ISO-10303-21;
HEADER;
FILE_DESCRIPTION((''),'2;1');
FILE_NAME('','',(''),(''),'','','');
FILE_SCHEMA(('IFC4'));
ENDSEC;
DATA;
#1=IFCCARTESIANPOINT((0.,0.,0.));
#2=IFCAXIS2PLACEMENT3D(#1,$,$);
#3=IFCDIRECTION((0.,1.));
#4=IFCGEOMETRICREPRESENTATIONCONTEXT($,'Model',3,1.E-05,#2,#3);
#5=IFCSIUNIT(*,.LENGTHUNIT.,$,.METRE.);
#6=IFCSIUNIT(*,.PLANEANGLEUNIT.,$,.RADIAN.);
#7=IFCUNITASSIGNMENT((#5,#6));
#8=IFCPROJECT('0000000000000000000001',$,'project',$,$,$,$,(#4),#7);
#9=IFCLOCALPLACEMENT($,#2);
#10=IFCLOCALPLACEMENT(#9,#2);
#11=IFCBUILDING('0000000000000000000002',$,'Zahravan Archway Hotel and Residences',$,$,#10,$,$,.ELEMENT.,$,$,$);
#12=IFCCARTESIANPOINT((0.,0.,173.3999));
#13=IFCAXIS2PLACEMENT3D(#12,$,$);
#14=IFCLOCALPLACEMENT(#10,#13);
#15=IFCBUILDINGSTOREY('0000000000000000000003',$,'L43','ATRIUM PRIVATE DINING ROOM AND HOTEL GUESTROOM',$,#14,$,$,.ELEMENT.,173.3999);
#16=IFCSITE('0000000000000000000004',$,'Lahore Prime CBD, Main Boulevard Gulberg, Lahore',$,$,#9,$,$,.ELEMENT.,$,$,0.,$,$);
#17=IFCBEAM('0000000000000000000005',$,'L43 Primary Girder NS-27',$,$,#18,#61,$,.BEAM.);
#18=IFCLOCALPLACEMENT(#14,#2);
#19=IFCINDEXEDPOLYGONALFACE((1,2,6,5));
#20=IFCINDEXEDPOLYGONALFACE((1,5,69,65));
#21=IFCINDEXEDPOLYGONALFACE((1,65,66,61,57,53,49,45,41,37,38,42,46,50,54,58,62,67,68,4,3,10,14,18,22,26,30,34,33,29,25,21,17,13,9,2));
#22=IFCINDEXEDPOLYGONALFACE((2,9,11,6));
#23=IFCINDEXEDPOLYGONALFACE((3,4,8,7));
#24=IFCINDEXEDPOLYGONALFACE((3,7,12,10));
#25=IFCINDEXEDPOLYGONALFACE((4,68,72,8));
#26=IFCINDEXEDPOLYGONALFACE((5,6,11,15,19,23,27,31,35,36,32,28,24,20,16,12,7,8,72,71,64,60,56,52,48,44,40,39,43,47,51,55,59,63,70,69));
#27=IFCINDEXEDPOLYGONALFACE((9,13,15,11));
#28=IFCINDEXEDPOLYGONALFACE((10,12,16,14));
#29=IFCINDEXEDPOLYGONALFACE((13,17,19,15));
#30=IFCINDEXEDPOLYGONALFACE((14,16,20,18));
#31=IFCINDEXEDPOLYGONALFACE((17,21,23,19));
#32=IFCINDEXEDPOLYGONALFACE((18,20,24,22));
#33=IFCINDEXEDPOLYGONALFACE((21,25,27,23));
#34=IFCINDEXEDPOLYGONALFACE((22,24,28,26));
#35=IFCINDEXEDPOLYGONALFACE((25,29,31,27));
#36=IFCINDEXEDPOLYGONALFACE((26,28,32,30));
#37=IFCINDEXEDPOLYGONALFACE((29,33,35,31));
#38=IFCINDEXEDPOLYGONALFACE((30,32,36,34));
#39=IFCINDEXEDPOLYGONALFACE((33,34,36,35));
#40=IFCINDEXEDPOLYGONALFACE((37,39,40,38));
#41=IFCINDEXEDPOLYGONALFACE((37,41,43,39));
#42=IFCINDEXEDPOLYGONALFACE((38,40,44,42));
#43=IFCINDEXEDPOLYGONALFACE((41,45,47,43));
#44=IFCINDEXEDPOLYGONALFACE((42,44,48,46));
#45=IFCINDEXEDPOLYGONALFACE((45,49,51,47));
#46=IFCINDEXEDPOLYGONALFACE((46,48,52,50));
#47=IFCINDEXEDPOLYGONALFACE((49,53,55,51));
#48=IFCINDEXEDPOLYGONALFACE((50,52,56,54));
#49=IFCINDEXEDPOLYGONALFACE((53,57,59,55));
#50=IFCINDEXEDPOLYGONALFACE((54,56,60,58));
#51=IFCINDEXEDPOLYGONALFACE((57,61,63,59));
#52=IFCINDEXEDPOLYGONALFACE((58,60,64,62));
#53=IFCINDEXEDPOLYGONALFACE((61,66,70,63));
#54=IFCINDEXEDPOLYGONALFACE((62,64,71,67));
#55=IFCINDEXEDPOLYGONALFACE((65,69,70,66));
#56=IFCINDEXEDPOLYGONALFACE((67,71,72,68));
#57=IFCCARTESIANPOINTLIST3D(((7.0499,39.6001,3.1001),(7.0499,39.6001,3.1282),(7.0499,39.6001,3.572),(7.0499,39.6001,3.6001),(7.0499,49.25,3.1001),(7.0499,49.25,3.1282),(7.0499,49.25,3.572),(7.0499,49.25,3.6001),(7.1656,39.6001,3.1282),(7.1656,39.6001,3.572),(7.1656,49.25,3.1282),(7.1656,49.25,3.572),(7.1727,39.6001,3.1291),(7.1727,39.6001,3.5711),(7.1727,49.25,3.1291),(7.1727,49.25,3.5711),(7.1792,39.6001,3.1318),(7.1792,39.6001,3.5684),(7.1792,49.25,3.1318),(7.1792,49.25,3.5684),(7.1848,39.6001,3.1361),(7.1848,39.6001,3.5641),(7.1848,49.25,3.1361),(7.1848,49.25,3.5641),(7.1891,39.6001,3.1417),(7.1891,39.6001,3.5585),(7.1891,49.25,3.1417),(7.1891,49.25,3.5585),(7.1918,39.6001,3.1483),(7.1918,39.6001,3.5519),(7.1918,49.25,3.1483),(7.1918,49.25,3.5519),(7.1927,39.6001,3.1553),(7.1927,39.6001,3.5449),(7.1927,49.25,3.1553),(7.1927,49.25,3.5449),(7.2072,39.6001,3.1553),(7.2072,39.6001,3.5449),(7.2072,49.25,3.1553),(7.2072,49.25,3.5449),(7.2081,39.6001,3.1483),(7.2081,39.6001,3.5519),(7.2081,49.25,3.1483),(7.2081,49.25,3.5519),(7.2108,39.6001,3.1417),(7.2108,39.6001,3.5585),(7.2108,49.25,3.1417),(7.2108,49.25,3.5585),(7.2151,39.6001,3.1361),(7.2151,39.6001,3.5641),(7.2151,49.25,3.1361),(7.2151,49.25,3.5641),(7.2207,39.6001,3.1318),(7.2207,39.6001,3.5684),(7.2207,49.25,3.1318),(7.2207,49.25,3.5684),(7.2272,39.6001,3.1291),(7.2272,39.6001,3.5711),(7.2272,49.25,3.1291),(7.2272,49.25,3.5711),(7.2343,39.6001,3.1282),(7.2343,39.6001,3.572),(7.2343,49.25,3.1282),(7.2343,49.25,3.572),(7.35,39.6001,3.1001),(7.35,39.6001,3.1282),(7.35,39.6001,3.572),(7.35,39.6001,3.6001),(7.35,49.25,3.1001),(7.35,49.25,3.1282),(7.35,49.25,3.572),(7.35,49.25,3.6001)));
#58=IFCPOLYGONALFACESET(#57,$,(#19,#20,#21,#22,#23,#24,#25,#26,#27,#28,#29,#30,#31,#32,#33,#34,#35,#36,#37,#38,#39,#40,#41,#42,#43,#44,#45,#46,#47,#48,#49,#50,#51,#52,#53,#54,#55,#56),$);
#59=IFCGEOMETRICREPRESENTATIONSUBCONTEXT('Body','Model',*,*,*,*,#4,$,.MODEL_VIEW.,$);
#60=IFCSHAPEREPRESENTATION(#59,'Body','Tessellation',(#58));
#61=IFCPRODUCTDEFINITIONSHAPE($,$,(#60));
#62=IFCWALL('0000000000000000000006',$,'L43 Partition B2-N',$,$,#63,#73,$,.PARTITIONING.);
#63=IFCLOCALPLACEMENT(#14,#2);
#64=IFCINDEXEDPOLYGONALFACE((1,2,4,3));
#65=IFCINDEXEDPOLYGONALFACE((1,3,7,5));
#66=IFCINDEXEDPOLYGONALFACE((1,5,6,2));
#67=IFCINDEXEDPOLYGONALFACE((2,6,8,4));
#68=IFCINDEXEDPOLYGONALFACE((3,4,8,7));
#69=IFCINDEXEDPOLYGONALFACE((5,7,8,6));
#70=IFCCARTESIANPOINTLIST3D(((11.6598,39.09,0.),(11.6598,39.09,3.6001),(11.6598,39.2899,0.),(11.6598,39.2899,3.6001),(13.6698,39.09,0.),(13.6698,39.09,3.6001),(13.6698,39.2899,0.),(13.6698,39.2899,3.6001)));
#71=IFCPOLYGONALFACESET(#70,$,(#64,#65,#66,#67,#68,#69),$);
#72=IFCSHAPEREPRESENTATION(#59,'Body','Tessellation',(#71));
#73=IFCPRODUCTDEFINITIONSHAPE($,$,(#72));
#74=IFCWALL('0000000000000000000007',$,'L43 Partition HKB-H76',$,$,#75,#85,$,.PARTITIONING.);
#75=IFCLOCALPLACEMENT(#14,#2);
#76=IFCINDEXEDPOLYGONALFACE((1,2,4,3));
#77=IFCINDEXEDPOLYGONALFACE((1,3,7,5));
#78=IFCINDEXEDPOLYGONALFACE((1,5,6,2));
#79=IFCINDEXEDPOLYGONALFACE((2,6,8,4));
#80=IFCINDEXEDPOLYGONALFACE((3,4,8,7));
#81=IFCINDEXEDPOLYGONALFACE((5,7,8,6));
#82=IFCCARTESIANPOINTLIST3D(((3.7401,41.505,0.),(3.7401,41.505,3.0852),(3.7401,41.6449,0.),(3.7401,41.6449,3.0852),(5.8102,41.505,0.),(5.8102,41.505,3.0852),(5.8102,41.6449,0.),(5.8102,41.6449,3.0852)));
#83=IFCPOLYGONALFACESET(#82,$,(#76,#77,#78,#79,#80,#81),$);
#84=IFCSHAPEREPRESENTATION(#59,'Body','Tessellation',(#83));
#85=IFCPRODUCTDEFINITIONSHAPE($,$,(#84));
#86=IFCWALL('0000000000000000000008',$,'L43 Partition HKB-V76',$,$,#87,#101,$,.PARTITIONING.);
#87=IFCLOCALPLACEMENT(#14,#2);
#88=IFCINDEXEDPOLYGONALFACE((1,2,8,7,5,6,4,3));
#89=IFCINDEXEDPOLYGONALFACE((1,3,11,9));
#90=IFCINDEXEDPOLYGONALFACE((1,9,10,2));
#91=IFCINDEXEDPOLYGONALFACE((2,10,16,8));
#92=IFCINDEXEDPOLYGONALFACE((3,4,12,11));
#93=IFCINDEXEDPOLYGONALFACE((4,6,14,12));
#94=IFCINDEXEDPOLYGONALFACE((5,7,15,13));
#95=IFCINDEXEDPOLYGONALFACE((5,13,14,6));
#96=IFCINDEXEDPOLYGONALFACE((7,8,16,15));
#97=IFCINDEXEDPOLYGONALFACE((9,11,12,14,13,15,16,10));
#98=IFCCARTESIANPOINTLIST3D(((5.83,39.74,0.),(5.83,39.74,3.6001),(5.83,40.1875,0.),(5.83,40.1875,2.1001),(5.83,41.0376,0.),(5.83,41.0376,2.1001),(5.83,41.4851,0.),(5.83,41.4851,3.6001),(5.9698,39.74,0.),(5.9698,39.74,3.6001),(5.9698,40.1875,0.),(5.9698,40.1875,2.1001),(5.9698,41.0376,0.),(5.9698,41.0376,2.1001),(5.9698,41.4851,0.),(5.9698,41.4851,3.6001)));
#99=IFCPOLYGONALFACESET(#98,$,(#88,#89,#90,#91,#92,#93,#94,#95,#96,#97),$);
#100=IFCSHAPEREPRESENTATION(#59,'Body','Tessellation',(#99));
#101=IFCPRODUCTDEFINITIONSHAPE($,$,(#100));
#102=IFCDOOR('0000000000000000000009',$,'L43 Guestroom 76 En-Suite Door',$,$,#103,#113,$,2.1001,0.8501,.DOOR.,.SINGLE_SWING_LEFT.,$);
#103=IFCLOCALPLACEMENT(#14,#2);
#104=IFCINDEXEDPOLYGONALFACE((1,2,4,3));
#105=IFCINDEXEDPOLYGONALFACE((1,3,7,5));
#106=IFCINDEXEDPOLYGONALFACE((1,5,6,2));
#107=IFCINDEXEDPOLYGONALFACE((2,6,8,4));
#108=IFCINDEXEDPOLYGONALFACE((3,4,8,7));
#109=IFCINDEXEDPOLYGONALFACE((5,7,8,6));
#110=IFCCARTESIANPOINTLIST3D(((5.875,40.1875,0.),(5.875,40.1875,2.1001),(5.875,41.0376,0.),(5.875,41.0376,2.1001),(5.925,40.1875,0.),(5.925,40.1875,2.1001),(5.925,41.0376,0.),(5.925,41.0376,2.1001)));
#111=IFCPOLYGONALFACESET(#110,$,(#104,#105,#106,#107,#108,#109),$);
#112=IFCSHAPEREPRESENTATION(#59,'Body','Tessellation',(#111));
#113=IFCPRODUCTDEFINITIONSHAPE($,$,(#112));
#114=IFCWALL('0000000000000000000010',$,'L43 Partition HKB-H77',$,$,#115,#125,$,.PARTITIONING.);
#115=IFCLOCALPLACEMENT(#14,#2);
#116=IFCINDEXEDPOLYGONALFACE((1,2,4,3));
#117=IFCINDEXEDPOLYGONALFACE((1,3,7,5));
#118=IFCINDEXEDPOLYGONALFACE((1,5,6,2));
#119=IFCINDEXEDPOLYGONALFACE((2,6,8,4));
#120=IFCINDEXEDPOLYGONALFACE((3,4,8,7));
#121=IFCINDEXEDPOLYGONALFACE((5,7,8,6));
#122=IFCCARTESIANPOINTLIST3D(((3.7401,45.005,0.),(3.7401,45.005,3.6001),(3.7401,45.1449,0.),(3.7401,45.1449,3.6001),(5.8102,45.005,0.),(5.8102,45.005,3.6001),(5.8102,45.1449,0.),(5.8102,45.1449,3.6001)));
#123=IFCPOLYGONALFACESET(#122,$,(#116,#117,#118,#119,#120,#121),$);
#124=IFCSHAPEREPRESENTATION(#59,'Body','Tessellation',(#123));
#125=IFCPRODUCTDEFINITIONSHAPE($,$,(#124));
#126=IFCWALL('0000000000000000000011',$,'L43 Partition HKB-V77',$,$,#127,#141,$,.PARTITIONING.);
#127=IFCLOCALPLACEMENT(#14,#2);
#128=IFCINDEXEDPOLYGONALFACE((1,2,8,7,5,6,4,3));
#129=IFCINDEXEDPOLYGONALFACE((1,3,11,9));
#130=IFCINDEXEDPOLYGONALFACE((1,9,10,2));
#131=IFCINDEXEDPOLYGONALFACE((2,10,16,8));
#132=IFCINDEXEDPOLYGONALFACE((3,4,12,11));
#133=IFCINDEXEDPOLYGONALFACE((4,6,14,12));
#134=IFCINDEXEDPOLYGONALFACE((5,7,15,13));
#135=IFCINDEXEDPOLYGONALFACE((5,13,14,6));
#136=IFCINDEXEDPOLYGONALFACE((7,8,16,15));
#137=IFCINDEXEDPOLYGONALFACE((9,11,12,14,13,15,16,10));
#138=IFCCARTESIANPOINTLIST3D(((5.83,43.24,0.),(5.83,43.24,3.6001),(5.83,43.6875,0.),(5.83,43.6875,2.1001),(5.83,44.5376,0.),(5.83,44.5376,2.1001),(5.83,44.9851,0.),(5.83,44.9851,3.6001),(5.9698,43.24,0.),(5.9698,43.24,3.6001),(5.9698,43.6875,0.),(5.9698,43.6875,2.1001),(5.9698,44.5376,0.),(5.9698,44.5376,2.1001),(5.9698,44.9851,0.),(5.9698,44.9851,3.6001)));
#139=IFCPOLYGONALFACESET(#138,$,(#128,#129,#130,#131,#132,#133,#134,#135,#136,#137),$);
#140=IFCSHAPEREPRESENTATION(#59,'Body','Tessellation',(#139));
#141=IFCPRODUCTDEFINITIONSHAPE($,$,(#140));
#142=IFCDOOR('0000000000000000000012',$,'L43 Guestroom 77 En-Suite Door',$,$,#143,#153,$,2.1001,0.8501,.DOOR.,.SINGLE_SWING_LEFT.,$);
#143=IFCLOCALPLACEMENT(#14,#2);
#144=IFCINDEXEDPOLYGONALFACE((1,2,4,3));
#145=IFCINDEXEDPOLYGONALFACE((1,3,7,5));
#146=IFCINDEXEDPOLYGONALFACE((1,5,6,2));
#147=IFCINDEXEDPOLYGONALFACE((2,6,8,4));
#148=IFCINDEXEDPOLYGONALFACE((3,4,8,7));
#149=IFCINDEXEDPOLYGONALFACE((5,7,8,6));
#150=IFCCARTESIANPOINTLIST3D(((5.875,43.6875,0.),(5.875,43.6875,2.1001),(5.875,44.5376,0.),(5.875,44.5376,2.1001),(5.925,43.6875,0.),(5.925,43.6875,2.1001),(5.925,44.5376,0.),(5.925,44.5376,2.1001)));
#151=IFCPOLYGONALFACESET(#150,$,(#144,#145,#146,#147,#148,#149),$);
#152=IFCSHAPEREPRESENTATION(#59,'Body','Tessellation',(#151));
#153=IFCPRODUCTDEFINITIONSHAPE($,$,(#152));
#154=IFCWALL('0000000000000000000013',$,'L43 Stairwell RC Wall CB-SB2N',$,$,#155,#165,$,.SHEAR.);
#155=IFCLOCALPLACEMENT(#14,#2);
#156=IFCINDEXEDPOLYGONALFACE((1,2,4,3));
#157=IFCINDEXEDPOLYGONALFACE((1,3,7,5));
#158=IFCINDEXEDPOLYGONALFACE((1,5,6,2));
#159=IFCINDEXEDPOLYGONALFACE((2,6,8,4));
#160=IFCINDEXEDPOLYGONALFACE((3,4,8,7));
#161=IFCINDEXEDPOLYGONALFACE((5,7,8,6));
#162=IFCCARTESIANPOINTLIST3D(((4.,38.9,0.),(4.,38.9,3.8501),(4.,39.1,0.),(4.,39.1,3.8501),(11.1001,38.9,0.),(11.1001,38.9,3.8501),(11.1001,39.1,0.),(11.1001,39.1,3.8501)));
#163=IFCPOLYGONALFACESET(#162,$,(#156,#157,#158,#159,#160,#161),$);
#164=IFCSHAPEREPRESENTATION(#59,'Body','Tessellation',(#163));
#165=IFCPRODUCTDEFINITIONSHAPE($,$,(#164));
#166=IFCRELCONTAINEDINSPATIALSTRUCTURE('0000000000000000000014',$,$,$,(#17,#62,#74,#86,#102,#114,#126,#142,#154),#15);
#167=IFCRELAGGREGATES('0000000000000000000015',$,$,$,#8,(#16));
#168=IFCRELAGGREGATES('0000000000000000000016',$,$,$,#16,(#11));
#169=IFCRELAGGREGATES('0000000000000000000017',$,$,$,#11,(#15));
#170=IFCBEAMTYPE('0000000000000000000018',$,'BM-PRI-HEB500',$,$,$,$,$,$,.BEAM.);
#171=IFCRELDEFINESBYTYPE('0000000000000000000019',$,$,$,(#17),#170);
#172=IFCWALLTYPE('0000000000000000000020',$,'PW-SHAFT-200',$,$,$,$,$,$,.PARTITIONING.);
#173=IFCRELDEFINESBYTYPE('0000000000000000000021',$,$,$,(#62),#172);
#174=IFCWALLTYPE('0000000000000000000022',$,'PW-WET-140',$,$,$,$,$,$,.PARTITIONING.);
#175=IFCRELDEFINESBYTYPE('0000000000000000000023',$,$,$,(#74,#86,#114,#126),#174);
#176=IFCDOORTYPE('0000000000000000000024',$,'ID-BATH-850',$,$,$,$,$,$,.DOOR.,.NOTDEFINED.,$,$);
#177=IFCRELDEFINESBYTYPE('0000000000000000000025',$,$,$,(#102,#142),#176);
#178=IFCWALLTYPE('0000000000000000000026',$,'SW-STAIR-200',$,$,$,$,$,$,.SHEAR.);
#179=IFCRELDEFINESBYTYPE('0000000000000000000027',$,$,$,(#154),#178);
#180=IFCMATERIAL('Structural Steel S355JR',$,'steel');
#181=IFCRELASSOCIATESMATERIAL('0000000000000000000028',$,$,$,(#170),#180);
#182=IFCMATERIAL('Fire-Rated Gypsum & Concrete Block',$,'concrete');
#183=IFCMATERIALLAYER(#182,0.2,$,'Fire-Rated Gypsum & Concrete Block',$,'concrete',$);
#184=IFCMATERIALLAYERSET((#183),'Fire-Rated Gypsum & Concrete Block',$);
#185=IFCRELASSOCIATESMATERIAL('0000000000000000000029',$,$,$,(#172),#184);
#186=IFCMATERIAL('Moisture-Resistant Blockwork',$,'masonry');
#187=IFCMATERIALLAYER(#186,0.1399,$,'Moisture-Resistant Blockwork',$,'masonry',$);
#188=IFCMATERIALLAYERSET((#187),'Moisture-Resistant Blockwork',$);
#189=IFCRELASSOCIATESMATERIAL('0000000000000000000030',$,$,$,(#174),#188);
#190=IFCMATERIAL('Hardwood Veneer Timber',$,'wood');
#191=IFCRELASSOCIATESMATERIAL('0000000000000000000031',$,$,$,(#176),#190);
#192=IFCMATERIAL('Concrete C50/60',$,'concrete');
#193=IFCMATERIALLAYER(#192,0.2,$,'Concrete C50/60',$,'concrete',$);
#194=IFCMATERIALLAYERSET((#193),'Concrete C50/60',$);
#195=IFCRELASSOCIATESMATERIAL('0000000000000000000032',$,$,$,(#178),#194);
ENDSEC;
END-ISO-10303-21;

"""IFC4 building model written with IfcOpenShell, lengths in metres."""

from ifc_helpers import new_model, si_unit, direction, frame, frame_2d, origin, origin_2d, place, context, subcontext, project, spatial, rectangle, i_section, extrude, source, transform, mapped, material, layer, layer_set, material_profile, profile_set, type_object, type_shapes, element, fill, save


model = new_model("IFC4")

# Units and contexts
model_context = context("Model", 3, precision=1e-05, world=origin(), true_north=direction((0.0, 1.0)))
body_context = subcontext(model_context, "Body", "Model", "MODEL_VIEW")
ifc_project = project(units=[si_unit("LENGTHUNIT", "METRE"), si_unit("PLANEANGLEUNIT", "RADIAN")], contexts=[model_context])

# Site, building, storey
site_placement = place(None, origin())
site = spatial("IfcSite", under=ifc_project, at=site_placement, Name="Lahore Prime CBD, Main Boulevard Gulberg, Lahore", CompositionType="ELEMENT", RefElevation=0.0)
building_placement = place(site_placement, origin())
building = spatial("IfcBuilding", under=site, at=building_placement, Name="Zahravan Archway Hotel and Residences", CompositionType="ELEMENT")
storey_placement = place(building_placement, frame((0.0, 0.0, 173.3999)))
storey = spatial("IfcBuildingStorey", under=building, at=storey_placement, Name="L43", Description="ATRIUM PRIVATE DINING ROOM AND HOTEL GUESTROOM", CompositionType="ELEMENT", Elevation=173.3999)

# Beam
ifc_material_1 = material(Name="Structural Steel S355JR", Category="steel")
ifc_material_profile_1 = material_profile(ifc_material_1, i_section(OverallWidth=0.3, OverallDepth=0.5, WebThickness=0.0144, FlangeThickness=0.0281, FilletRadius=0.0271, at=origin_2d()), Name="HEB 500", Category="steel")
ifc_profile_set_1 = profile_set([ifc_material_profile_1], Name="Structural Steel S355JR")
beam_type_1 = type_object("IfcBeamType", Name="BM-PRI-HEB500", PredefinedType="BEAM", material=ifc_profile_set_1)
shared_shape_1 = source(origin(), body_context, "Body", "SweptSolid", [
    extrude(i_section(OverallWidth=0.3, OverallDepth=0.5, WebThickness=0.0144, FlangeThickness=0.0281, FilletRadius=0.0271, at=origin_2d()), origin(), (0.0, 0.0, 1.0), 9.6499),
])
beam_1_placement = place(storey_placement, frame((7.2, 39.6001, 3.3501), z_axis=(0.0, 1.0, 0.0), x_axis=(-1.0, 0.0, 0.0)))
element("IfcBeam", 1, at=beam_1_placement, inside=storey, type_object=beam_type_1, Name="L43 Primary Girder NS-27", PredefinedType="BEAM", context=body_context, shape_type="MappedRepresentation", body=[
    mapped(shared_shape_1, transform((0.0, 0.0, 0.0), scale=1.0)),
])

# Walls
ifc_material_2 = material(Name="Fire-Rated Gypsum & Concrete Block", Category="concrete")
ifc_layer_1 = layer(ifc_material_2, 0.2, Name="Fire-Rated Gypsum & Concrete Block", Category="concrete")
ifc_layer_set_1 = layer_set([ifc_layer_1], Name="Fire-Rated Gypsum & Concrete Block")
wall_type_1 = type_object("IfcWallType", Name="PW-SHAFT-200", PredefinedType="PARTITIONING", material=ifc_layer_set_1)
wall_1_placement = place(storey_placement, frame((11.6599, 39.1899, 0.0), z_axis=(0.0, 0.0, 1.0), x_axis=(1.0, 0.0, 0.0)))
element("IfcWall", 2, at=wall_1_placement, inside=storey, type_object=wall_type_1, Name="L43 Partition B2-N", PredefinedType="PARTITIONING", context=body_context, shape_type="SweptSolid", body=[
    extrude(rectangle(XDim=2.01, YDim=0.2, at=frame_2d((1.0049, 0.0))), origin(), (0.0, 0.0, 1.0), 3.6001),
])
ifc_material_3 = material(Name="Moisture-Resistant Blockwork", Category="masonry")
ifc_layer_2 = layer(ifc_material_3, 0.1399, Name="Moisture-Resistant Blockwork", Category="masonry")
ifc_layer_set_2 = layer_set([ifc_layer_2], Name="Moisture-Resistant Blockwork")
wall_type_2 = type_object("IfcWallType", Name="PW-WET-140", PredefinedType="PARTITIONING", material=ifc_layer_set_2)
wall_2_placement = place(storey_placement, frame((3.74, 41.575, 0.0), z_axis=(0.0, 0.0, 1.0), x_axis=(1.0, 0.0, 0.0)))
element("IfcWall", 3, at=wall_2_placement, inside=storey, type_object=wall_type_2, Name="L43 Partition HKB-H76", PredefinedType="PARTITIONING", context=body_context, shape_type="SweptSolid", body=[
    extrude(rectangle(XDim=2.0701, YDim=0.1399, at=frame_2d((1.0352, 0.0))), origin(), (0.0, 0.0, 1.0), 3.0852),
])

# Wall, opening, door
wall_3_placement = place(storey_placement, frame((5.8999, 39.74, 0.0), z_axis=(0.0, 0.0, 1.0), x_axis=(0.0, 1.0, 0.0)))
wall_3 = element("IfcWall", 4, at=wall_3_placement, inside=storey, type_object=wall_type_2, Name="L43 Partition HKB-V76", PredefinedType="PARTITIONING", context=body_context, shape_type="SweptSolid", body=[
    extrude(rectangle(XDim=1.7451, YDim=0.1399, at=frame_2d((0.8726, 0.0))), origin(), (0.0, 0.0, 1.0), 3.6001),
])
opening_1_placement = place(wall_3_placement, frame((0.4475, 0.0, 0.0)))
opening_1 = element("IfcOpeningElement", 5, at=opening_1_placement, cuts=wall_3, PredefinedType="OPENING", context=body_context, shape_type="SweptSolid", body=[
    extrude(rectangle(XDim=0.8501, YDim=2.1001, at=frame_2d((0.425, 1.05))), frame((0.0, 0.0801, 0.0), z_axis=(0.0, -1.0, 0.0), x_axis=(1.0, 0.0, 0.0)), (0.0, 0.0, 1.0), 0.1599),
])
ifc_material_4 = material(Name="Hardwood Veneer Timber", Category="wood")
door_type = type_object("IfcDoorType", Name="ID-BATH-850", OperationType="NOTDEFINED", PredefinedType="DOOR", material=ifc_material_4)
shared_shape_2 = source(origin(), body_context, "Body", "SweptSolid", [
    extrude(rectangle(XDim=0.8501, YDim=2.1001, at=frame_2d((0.425, 1.05))), frame((0.0, 0.0249, 0.0), z_axis=(0.0, -1.0, 0.0), x_axis=(1.0, 0.0, 0.0)), (0.0, 0.0, 1.0), 0.05),
])
type_shapes(door_type, [shared_shape_2])
door_1_placement = place(opening_1_placement, origin())
door_1 = element("IfcDoor", 6, at=door_1_placement, inside=storey, type_object=door_type, Name="L43 Guestroom 76 En-Suite Door", OperationType="SINGLE_SWING_LEFT", OverallHeight=2.1001, OverallWidth=0.8501, PredefinedType="DOOR", context=body_context, shape_type="MappedRepresentation", body=[
    mapped(shared_shape_2, transform((0.0, 0.0, 0.0), scale=1.0)),
])
fill(opening_1, door_1)

# Wall
wall_4_placement = place(storey_placement, frame((3.74, 45.075, 0.0), z_axis=(0.0, 0.0, 1.0), x_axis=(1.0, 0.0, 0.0)))
element("IfcWall", 7, at=wall_4_placement, inside=storey, type_object=wall_type_2, Name="L43 Partition HKB-H77", PredefinedType="PARTITIONING", context=body_context, shape_type="SweptSolid", body=[
    extrude(rectangle(XDim=2.0701, YDim=0.1399, at=frame_2d((1.0352, 0.0))), origin(), (0.0, 0.0, 1.0), 3.6001),
])

# Wall, opening, door
wall_5_placement = place(storey_placement, frame((5.8999, 43.24, 0.0), z_axis=(0.0, 0.0, 1.0), x_axis=(0.0, 1.0, 0.0)))
wall_5 = element("IfcWall", 8, at=wall_5_placement, inside=storey, type_object=wall_type_2, Name="L43 Partition HKB-V77", PredefinedType="PARTITIONING", context=body_context, shape_type="SweptSolid", body=[
    extrude(rectangle(XDim=1.7451, YDim=0.1399, at=frame_2d((0.8726, 0.0))), origin(), (0.0, 0.0, 1.0), 3.6001),
])
opening_2_placement = place(wall_5_placement, frame((0.4475, 0.0, 0.0)))
opening_2 = element("IfcOpeningElement", 9, at=opening_2_placement, cuts=wall_5, PredefinedType="OPENING", context=body_context, shape_type="SweptSolid", body=[
    extrude(rectangle(XDim=0.8501, YDim=2.1001, at=frame_2d((0.425, 1.05))), frame((0.0, 0.0801, 0.0), z_axis=(0.0, -1.0, 0.0), x_axis=(1.0, 0.0, 0.0)), (0.0, 0.0, 1.0), 0.1599),
])
door_2_placement = place(opening_2_placement, origin())
door_2 = element("IfcDoor", 10, at=door_2_placement, inside=storey, type_object=door_type, Name="L43 Guestroom 77 En-Suite Door", OperationType="SINGLE_SWING_LEFT", OverallHeight=2.1001, OverallWidth=0.8501, PredefinedType="DOOR", context=body_context, shape_type="MappedRepresentation", body=[
    mapped(shared_shape_2, transform((0.0, 0.0, 0.0), scale=1.0)),
])
fill(opening_2, door_2)

# Wall
ifc_material_5 = material(Name="Concrete C50/60", Category="concrete")
ifc_layer_3 = layer(ifc_material_5, 0.2, Name="Concrete C50/60", Category="concrete")
ifc_layer_set_3 = layer_set([ifc_layer_3], Name="Concrete C50/60")
wall_type_3 = type_object("IfcWallType", Name="SW-STAIR-200", PredefinedType="SHEAR", material=ifc_layer_set_3)
wall_6_placement = place(storey_placement, frame((4.0, 39.0, 0.0), z_axis=(0.0, 0.0, 1.0), x_axis=(1.0, 0.0, 0.0)))
element("IfcWall", 11, at=wall_6_placement, inside=storey, type_object=wall_type_3, Name="L43 Stairwell RC Wall CB-SB2N", PredefinedType="SHEAR", context=body_context, shape_type="SweptSolid", body=[
    extrude(rectangle(XDim=7.1001, YDim=0.2, at=frame_2d((3.55, 0.0))), origin(), (0.0, 0.0, 1.0), 3.8501),
])

save(model, "model.ifc")
